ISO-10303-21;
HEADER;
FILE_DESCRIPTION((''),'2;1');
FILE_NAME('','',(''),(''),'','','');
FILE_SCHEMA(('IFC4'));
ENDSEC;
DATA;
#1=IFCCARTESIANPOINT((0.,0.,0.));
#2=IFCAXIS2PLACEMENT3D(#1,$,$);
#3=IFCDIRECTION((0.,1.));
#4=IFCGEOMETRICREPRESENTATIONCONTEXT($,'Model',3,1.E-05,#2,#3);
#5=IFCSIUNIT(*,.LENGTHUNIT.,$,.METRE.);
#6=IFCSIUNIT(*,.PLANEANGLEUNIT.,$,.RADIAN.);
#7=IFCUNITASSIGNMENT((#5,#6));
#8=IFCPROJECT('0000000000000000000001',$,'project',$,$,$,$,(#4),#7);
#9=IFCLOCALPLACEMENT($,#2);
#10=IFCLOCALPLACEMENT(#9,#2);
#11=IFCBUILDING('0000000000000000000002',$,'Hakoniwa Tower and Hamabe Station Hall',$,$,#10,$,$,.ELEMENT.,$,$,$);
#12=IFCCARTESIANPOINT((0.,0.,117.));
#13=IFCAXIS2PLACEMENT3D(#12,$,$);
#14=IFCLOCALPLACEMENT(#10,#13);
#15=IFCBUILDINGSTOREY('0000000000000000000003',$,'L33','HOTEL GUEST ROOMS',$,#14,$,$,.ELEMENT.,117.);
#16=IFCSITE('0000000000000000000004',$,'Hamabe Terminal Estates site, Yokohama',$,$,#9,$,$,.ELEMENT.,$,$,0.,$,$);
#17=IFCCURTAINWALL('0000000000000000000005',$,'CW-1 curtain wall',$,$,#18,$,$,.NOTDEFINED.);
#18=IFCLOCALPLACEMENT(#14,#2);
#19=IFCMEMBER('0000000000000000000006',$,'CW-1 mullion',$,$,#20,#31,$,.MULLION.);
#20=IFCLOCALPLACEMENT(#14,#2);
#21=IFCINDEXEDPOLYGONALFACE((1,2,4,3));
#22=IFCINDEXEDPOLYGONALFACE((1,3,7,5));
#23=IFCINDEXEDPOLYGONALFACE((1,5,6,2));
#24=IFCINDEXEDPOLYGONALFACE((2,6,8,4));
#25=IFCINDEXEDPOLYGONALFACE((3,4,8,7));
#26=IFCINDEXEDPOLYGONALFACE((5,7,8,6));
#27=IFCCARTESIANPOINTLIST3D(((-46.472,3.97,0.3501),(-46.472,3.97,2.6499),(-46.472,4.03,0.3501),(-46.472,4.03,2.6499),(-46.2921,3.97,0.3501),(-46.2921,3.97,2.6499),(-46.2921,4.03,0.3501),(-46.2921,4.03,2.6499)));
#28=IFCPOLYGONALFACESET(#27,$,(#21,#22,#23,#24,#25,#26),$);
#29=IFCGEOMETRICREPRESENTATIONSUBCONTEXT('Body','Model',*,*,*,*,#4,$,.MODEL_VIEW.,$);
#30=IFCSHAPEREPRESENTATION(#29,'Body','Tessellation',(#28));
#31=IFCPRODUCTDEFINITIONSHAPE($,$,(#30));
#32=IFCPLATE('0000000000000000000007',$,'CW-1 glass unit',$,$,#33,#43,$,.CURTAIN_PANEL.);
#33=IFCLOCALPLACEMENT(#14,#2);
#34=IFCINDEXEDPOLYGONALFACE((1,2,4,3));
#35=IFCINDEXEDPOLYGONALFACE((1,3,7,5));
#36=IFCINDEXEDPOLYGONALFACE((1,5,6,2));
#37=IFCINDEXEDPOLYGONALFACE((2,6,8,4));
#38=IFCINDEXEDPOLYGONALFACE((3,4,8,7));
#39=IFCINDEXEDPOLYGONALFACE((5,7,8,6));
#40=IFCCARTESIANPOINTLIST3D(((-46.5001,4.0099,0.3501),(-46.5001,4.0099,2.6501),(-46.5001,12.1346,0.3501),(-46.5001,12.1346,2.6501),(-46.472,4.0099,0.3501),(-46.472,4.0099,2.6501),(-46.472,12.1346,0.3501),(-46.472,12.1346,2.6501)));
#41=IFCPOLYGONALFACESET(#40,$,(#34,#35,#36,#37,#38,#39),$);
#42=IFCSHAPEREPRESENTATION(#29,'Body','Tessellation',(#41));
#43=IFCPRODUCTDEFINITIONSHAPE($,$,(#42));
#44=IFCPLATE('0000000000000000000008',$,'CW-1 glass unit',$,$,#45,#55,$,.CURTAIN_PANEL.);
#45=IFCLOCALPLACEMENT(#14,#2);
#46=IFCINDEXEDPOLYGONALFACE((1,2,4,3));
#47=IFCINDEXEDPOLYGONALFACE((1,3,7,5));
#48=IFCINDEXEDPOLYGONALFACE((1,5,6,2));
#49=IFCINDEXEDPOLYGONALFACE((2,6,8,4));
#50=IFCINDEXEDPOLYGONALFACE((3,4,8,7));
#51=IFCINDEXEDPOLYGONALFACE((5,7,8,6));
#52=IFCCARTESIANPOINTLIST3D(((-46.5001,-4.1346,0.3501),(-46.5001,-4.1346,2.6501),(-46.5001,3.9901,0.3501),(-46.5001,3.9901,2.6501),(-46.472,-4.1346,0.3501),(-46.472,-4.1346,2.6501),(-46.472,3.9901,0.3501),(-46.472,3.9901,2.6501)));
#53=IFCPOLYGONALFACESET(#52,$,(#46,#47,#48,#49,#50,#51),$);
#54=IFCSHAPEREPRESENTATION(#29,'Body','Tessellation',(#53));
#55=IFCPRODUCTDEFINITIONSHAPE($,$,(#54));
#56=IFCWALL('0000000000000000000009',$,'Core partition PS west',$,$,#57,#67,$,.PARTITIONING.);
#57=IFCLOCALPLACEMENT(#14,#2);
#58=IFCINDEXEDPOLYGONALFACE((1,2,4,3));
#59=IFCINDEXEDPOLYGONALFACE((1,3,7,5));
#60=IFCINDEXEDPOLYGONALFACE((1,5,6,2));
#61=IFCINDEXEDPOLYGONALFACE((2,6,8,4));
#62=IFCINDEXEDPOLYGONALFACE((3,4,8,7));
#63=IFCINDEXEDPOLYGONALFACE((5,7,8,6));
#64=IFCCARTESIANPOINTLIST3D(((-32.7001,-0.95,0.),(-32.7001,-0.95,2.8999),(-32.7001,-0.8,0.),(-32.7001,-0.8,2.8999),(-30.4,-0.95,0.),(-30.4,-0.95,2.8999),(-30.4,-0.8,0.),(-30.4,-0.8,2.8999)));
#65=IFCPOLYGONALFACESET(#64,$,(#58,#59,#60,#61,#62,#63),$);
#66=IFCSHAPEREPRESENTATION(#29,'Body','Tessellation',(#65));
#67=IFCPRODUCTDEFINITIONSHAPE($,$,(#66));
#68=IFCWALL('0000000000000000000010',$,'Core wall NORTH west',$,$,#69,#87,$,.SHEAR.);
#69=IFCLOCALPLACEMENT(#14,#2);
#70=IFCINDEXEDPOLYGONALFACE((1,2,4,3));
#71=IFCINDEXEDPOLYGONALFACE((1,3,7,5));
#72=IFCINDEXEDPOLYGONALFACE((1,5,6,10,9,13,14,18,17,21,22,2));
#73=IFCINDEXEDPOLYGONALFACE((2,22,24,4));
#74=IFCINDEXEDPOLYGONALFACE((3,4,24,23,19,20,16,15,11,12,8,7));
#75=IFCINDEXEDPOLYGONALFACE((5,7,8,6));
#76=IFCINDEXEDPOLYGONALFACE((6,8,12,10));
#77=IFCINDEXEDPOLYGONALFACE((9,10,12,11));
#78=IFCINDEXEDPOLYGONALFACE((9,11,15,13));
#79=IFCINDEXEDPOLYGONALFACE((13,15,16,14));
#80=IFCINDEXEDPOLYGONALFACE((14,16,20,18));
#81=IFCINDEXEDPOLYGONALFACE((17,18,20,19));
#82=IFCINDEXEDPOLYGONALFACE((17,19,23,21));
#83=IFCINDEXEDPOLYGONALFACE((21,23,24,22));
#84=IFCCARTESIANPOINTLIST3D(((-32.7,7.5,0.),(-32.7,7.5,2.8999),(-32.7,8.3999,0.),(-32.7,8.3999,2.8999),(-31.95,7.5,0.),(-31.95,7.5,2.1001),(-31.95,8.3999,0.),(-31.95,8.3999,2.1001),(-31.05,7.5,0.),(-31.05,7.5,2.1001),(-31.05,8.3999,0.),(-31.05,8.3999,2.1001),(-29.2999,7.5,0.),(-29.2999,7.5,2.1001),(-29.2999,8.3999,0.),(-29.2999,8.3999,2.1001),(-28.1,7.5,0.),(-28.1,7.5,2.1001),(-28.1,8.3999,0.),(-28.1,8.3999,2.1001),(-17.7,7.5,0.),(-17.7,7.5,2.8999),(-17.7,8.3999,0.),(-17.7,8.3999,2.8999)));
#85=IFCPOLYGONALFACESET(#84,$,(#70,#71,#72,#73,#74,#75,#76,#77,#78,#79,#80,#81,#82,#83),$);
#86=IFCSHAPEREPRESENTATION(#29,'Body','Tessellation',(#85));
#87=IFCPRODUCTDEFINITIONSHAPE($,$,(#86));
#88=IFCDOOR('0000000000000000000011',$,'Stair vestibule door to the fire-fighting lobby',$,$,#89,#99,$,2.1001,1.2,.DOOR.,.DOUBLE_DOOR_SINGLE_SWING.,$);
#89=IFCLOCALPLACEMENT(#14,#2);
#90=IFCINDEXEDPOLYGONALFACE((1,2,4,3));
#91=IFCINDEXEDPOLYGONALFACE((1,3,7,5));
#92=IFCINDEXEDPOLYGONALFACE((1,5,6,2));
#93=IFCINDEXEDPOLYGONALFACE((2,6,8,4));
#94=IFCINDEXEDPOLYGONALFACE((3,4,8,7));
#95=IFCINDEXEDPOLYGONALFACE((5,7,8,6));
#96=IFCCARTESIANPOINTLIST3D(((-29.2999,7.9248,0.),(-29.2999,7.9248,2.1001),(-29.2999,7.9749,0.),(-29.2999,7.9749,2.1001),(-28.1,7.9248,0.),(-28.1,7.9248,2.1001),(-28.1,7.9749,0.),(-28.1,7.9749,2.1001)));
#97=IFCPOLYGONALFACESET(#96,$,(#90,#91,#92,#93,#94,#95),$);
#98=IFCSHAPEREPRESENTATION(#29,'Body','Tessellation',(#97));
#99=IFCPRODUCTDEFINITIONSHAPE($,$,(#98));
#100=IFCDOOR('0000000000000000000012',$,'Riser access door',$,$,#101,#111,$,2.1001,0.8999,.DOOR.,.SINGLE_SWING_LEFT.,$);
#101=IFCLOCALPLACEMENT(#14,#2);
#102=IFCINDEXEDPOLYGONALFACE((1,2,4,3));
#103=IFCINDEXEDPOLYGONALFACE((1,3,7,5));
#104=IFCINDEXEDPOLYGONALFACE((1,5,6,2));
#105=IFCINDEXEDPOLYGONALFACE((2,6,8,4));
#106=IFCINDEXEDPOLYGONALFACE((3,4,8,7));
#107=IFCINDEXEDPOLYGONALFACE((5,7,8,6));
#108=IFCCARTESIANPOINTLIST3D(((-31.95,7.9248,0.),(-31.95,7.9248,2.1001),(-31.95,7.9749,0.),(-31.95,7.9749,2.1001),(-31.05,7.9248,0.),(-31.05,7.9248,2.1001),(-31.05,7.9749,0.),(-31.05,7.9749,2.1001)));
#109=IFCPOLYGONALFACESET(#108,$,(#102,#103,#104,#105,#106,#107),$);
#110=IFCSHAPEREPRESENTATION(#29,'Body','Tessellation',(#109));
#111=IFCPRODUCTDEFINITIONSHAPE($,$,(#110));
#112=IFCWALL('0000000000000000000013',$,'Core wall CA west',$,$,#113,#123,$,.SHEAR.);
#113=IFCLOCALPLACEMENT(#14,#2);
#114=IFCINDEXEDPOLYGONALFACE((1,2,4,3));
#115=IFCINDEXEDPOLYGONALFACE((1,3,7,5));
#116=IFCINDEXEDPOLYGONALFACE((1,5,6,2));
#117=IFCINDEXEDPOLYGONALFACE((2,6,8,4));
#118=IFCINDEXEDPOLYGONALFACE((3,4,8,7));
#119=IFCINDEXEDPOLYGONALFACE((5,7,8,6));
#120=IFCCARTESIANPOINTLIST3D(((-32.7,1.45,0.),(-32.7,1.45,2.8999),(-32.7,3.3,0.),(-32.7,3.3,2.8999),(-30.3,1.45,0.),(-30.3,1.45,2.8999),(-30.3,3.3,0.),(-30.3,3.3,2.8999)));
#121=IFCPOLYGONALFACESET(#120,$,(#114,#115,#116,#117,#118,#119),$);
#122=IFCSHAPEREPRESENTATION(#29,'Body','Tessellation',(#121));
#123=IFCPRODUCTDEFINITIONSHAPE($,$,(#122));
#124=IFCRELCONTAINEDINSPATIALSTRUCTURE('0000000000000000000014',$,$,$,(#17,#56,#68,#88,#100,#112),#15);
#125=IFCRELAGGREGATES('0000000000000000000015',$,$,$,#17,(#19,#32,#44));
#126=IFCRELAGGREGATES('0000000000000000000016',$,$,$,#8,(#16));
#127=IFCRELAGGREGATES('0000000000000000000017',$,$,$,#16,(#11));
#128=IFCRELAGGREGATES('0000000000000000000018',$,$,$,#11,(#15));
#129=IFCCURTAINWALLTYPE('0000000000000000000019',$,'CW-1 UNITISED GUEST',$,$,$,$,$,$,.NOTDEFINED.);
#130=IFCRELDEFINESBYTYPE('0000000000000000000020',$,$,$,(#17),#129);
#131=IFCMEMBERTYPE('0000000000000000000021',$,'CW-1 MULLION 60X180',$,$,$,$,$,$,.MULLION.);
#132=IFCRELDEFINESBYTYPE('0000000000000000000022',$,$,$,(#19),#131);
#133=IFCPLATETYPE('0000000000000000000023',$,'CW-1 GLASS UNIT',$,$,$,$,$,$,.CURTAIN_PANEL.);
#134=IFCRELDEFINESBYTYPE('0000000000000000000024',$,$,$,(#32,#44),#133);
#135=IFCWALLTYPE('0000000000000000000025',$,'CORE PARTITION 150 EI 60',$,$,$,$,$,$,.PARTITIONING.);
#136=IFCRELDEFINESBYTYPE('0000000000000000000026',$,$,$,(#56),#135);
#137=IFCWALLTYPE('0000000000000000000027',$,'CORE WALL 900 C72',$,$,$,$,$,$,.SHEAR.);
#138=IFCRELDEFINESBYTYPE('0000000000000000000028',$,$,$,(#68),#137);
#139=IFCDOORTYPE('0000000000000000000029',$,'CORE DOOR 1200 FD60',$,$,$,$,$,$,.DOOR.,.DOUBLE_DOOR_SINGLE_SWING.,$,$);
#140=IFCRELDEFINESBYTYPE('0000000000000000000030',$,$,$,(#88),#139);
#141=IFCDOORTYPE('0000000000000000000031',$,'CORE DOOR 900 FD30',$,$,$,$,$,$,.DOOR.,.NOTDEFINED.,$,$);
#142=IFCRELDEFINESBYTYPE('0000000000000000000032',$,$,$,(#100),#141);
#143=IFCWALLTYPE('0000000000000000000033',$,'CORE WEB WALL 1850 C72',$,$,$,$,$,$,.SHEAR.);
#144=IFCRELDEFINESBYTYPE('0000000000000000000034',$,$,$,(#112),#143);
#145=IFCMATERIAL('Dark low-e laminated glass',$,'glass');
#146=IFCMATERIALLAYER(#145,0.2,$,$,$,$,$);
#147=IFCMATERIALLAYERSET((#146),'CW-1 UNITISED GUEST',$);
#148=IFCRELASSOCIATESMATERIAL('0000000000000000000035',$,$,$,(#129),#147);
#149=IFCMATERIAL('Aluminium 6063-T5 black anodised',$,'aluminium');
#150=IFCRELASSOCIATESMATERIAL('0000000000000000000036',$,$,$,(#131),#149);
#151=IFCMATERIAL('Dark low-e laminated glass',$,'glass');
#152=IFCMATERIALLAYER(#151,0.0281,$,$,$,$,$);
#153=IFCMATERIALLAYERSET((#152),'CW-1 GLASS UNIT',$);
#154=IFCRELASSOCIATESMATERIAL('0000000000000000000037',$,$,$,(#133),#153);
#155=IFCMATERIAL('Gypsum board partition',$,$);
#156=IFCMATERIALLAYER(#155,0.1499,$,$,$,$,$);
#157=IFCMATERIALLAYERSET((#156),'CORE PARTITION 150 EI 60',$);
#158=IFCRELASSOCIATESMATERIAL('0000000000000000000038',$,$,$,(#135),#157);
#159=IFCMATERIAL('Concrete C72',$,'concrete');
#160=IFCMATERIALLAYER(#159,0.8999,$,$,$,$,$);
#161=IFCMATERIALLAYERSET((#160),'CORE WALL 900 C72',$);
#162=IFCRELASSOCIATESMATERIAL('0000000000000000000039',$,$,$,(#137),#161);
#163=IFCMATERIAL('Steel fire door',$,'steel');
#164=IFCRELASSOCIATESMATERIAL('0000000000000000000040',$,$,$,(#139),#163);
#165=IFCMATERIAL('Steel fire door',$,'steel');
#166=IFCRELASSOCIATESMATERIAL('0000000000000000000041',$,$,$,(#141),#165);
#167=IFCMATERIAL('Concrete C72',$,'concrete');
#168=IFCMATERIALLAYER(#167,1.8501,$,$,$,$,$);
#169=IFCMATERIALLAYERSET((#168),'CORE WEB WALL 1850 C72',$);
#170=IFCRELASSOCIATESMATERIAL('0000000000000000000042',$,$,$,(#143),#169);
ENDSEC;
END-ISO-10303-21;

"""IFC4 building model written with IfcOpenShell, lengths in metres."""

from ifc_helpers import new_model, si_unit, direction, frame, frame_2d, origin, origin_2d, place, context, subcontext, project, spatial, rectangle, extrude, material, layer, layer_set, material_profile, profile_set, type_object, element, fill, aggregate, save


model = new_model("IFC4")

# Units and contexts
model_context = context("Model", 3, precision=1e-05, world=origin(), true_north=direction((0.0, 1.0)))
body_context = subcontext(model_context, "Body", "Model", "MODEL_VIEW")
ifc_project = project(units=[si_unit("LENGTHUNIT", "METRE"), si_unit("PLANEANGLEUNIT", "RADIAN")], contexts=[model_context])

# Site, building, storey
site_placement = place(None, origin())
site = spatial("IfcSite", under=ifc_project, at=site_placement, Name="Hamabe Terminal Estates site, Yokohama", CompositionType="ELEMENT", RefElevation=0.0)
building_placement = place(site_placement, origin())
building = spatial("IfcBuilding", under=site, at=building_placement, Name="Hakoniwa Tower and Hamabe Station Hall", CompositionType="ELEMENT")
storey_placement = place(building_placement, frame((0.0, 0.0, 117.0)))
storey = spatial("IfcBuildingStorey", under=building, at=storey_placement, Name="L33", Description="HOTEL GUEST ROOMS", CompositionType="ELEMENT", Elevation=117.0)

# Curtain wall, member, plates
ifc_material_1 = material(Name="Dark low-e laminated glass", Category="glass")
ifc_layer_1 = layer(ifc_material_1, 0.2)
ifc_layer_set_1 = layer_set([ifc_layer_1], Name="CW-1 UNITISED GUEST")
curtain_wall_type = type_object("IfcCurtainWallType", Name="CW-1 UNITISED GUEST", PredefinedType="NOTDEFINED", material=ifc_layer_set_1)
curtain_wall_placement = place(storey_placement, origin())
curtain_wall = element("IfcCurtainWall", 1, at=curtain_wall_placement, inside=storey, type_object=curtain_wall_type, Name="CW-1 curtain wall", PredefinedType="NOTDEFINED")
ifc_material_2 = material(Name="Aluminium 6063-T5 black anodised", Category="aluminium")
ifc_material_profile = material_profile(ifc_material_2, rectangle(XDim=0.0601, YDim=0.1799, at=origin_2d()), Name="CW-1 MULLION 60X180")
ifc_profile_set = profile_set([ifc_material_profile], Name="Aluminium 6063-T5 black anodised")
member_type = type_object("IfcMemberType", Name="CW-1 MULLION 60X180", PredefinedType="MULLION", material=ifc_profile_set)
member_placement = place(storey_placement, frame((-46.3821, 4.0, 0.3501), z_axis=(0.0, 0.0, 1.0), x_axis=(0.0, -1.0, 0.0)))
member = element("IfcMember", 2, at=member_placement, type_object=member_type, Name="CW-1 mullion", PredefinedType="MULLION", context=body_context, shape_type="SweptSolid", body=[
    extrude(rectangle(XDim=0.0601, YDim=0.1799, at=origin_2d()), origin(), (0.0, 0.0, 1.0), 2.2998),
])
ifc_material_3 = material(Name="Dark low-e laminated glass", Category="glass")
ifc_layer_2 = layer(ifc_material_3, 0.0281)
ifc_layer_set_2 = layer_set([ifc_layer_2], Name="CW-1 GLASS UNIT")
plate_type = type_object("IfcPlateType", Name="CW-1 GLASS UNIT", PredefinedType="CURTAIN_PANEL", material=ifc_layer_set_2)
plate_1_placement = place(storey_placement, frame((-46.4861, 8.0723, 0.3501), z_axis=(0.0, 0.0, 1.0), x_axis=(0.0, -1.0, 0.0)))
plate_1 = element("IfcPlate", 3, at=plate_1_placement, type_object=plate_type, Name="CW-1 glass unit", PredefinedType="CURTAIN_PANEL", context=body_context, shape_type="SweptSolid", body=[
    extrude(rectangle(XDim=8.1248, YDim=0.0281, at=origin_2d()), origin(), (0.0, 0.0, 1.0), 2.3),
])
plate_2_placement = place(storey_placement, frame((-46.4861, -0.0723, 0.3501), z_axis=(0.0, 0.0, 1.0), x_axis=(0.0, -1.0, 0.0)))
plate_2 = element("IfcPlate", 4, at=plate_2_placement, type_object=plate_type, Name="CW-1 glass unit", PredefinedType="CURTAIN_PANEL", context=body_context, shape_type="SweptSolid", body=[
    extrude(rectangle(XDim=8.1248, YDim=0.0281, at=origin_2d()), origin(), (0.0, 0.0, 1.0), 2.3),
])
aggregate(curtain_wall, [member, plate_1, plate_2])

# Wall
ifc_material_4 = material(Name="Gypsum board partition")
ifc_layer_3 = layer(ifc_material_4, 0.1499)
ifc_layer_set_3 = layer_set([ifc_layer_3], Name="CORE PARTITION 150 EI 60")
wall_type_1 = type_object("IfcWallType", Name="CORE PARTITION 150 EI 60", PredefinedType="PARTITIONING", material=ifc_layer_set_3)
wall_1_placement = place(storey_placement, frame((-32.7, -0.875, 0.0), z_axis=(0.0, 0.0, 1.0), x_axis=(1.0, 0.0, 0.0)))
element("IfcWall", 5, at=wall_1_placement, inside=storey, type_object=wall_type_1, Name="Core partition PS west", PredefinedType="PARTITIONING", context=body_context, shape_type="SweptSolid", body=[
    extrude(rectangle(XDim=2.3, YDim=0.1499, at=frame_2d((1.1499, 0.0))), origin(), (0.0, 0.0, 1.0), 2.8999),
])

# Wall, openings, doors
ifc_material_5 = material(Name="Concrete C72", Category="concrete")
ifc_layer_4 = layer(ifc_material_5, 0.8999)
ifc_layer_set_4 = layer_set([ifc_layer_4], Name="CORE WALL 900 C72")
wall_type_2 = type_object("IfcWallType", Name="CORE WALL 900 C72", PredefinedType="SHEAR", material=ifc_layer_set_4)
wall_2_placement = place(storey_placement, frame((-32.7, 7.95, 0.0), z_axis=(0.0, 0.0, 1.0), x_axis=(1.0, 0.0, 0.0)))
wall_2 = element("IfcWall", 6, at=wall_2_placement, inside=storey, type_object=wall_type_2, Name="Core wall NORTH west", PredefinedType="SHEAR", context=body_context, shape_type="SweptSolid", body=[
    extrude(rectangle(XDim=15.0, YDim=0.8999, at=frame_2d((7.5, 0.0))), origin(), (0.0, 0.0, 1.0), 2.8999),
])
opening_1_placement = place(wall_2_placement, frame((3.3999, 0.0, 0.0)))
opening_1 = element("IfcOpeningElement", 7, at=opening_1_placement, cuts=wall_2, PredefinedType="OPENING", context=body_context, shape_type="SweptSolid", body=[
    extrude(rectangle(XDim=1.2, YDim=2.1001, at=frame_2d((0.6001, 1.05))), frame((0.0, 0.46, 0.0), z_axis=(0.0, -1.0, 0.0), x_axis=(1.0, 0.0, 0.0)), (0.0, 0.0, 1.0), 0.9199),
])
opening_2_placement = place(wall_2_placement, frame((0.75, 0.0, 0.0)))
opening_2 = element("IfcOpeningElement", 8, at=opening_2_placement, cuts=wall_2, PredefinedType="OPENING", context=body_context, shape_type="SweptSolid", body=[
    extrude(rectangle(XDim=0.8999, YDim=2.1001, at=frame_2d((0.45, 1.05))), frame((0.0, 0.46, 0.0), z_axis=(0.0, -1.0, 0.0), x_axis=(1.0, 0.0, 0.0)), (0.0, 0.0, 1.0), 0.9199),
])
ifc_material_6 = material(Name="Steel fire door", Category="steel")
door_type_1 = type_object("IfcDoorType", Name="CORE DOOR 1200 FD60", OperationType="DOUBLE_DOOR_SINGLE_SWING", PredefinedType="DOOR", material=ifc_material_6)
door_1_placement = place(opening_1_placement, origin())
door_1 = element("IfcDoor", 9, at=door_1_placement, inside=storey, type_object=door_type_1, Name="Stair vestibule door to the fire-fighting lobby", OperationType="DOUBLE_DOOR_SINGLE_SWING", OverallHeight=2.1001, OverallWidth=1.2, PredefinedType="DOOR", context=body_context, shape_type="SweptSolid", body=[
    extrude(rectangle(XDim=1.2, YDim=2.1001, at=frame_2d((0.6001, 1.05))), frame((0.0, 0.0249, 0.0), z_axis=(0.0, -1.0, 0.0), x_axis=(1.0, 0.0, 0.0)), (0.0, 0.0, 1.0), 0.05),
])
fill(opening_1, door_1)
ifc_material_7 = material(Name="Steel fire door", Category="steel")
door_type_2 = type_object("IfcDoorType", Name="CORE DOOR 900 FD30", OperationType="NOTDEFINED", PredefinedType="DOOR", material=ifc_material_7)
door_2_placement = place(opening_2_placement, origin())
door_2 = element("IfcDoor", 10, at=door_2_placement, inside=storey, type_object=door_type_2, Name="Riser access door", OperationType="SINGLE_SWING_LEFT", OverallHeight=2.1001, OverallWidth=0.8999, PredefinedType="DOOR", context=body_context, shape_type="SweptSolid", body=[
    extrude(rectangle(XDim=0.8999, YDim=2.1001, at=frame_2d((0.45, 1.05))), frame((0.0, 0.0249, 0.0), z_axis=(0.0, -1.0, 0.0), x_axis=(1.0, 0.0, 0.0)), (0.0, 0.0, 1.0), 0.05),
])
fill(opening_2, door_2)

# Wall
ifc_material_8 = material(Name="Concrete C72", Category="concrete")
ifc_layer_5 = layer(ifc_material_8, 1.8501)
ifc_layer_set_5 = layer_set([ifc_layer_5], Name="CORE WEB WALL 1850 C72")
wall_type_3 = type_object("IfcWallType", Name="CORE WEB WALL 1850 C72", PredefinedType="SHEAR", material=ifc_layer_set_5)
wall_3_placement = place(storey_placement, frame((-32.7, 2.375, 0.0), z_axis=(0.0, 0.0, 1.0), x_axis=(1.0, 0.0, 0.0)))
element("IfcWall", 11, at=wall_3_placement, inside=storey, type_object=wall_type_3, Name="Core wall CA west", PredefinedType="SHEAR", context=body_context, shape_type="SweptSolid", body=[
    extrude(rectangle(XDim=2.3999, YDim=1.8501, at=frame_2d((1.2, 0.0))), origin(), (0.0, 0.0, 1.0), 2.8999),
])

save(model, "model.ifc")
